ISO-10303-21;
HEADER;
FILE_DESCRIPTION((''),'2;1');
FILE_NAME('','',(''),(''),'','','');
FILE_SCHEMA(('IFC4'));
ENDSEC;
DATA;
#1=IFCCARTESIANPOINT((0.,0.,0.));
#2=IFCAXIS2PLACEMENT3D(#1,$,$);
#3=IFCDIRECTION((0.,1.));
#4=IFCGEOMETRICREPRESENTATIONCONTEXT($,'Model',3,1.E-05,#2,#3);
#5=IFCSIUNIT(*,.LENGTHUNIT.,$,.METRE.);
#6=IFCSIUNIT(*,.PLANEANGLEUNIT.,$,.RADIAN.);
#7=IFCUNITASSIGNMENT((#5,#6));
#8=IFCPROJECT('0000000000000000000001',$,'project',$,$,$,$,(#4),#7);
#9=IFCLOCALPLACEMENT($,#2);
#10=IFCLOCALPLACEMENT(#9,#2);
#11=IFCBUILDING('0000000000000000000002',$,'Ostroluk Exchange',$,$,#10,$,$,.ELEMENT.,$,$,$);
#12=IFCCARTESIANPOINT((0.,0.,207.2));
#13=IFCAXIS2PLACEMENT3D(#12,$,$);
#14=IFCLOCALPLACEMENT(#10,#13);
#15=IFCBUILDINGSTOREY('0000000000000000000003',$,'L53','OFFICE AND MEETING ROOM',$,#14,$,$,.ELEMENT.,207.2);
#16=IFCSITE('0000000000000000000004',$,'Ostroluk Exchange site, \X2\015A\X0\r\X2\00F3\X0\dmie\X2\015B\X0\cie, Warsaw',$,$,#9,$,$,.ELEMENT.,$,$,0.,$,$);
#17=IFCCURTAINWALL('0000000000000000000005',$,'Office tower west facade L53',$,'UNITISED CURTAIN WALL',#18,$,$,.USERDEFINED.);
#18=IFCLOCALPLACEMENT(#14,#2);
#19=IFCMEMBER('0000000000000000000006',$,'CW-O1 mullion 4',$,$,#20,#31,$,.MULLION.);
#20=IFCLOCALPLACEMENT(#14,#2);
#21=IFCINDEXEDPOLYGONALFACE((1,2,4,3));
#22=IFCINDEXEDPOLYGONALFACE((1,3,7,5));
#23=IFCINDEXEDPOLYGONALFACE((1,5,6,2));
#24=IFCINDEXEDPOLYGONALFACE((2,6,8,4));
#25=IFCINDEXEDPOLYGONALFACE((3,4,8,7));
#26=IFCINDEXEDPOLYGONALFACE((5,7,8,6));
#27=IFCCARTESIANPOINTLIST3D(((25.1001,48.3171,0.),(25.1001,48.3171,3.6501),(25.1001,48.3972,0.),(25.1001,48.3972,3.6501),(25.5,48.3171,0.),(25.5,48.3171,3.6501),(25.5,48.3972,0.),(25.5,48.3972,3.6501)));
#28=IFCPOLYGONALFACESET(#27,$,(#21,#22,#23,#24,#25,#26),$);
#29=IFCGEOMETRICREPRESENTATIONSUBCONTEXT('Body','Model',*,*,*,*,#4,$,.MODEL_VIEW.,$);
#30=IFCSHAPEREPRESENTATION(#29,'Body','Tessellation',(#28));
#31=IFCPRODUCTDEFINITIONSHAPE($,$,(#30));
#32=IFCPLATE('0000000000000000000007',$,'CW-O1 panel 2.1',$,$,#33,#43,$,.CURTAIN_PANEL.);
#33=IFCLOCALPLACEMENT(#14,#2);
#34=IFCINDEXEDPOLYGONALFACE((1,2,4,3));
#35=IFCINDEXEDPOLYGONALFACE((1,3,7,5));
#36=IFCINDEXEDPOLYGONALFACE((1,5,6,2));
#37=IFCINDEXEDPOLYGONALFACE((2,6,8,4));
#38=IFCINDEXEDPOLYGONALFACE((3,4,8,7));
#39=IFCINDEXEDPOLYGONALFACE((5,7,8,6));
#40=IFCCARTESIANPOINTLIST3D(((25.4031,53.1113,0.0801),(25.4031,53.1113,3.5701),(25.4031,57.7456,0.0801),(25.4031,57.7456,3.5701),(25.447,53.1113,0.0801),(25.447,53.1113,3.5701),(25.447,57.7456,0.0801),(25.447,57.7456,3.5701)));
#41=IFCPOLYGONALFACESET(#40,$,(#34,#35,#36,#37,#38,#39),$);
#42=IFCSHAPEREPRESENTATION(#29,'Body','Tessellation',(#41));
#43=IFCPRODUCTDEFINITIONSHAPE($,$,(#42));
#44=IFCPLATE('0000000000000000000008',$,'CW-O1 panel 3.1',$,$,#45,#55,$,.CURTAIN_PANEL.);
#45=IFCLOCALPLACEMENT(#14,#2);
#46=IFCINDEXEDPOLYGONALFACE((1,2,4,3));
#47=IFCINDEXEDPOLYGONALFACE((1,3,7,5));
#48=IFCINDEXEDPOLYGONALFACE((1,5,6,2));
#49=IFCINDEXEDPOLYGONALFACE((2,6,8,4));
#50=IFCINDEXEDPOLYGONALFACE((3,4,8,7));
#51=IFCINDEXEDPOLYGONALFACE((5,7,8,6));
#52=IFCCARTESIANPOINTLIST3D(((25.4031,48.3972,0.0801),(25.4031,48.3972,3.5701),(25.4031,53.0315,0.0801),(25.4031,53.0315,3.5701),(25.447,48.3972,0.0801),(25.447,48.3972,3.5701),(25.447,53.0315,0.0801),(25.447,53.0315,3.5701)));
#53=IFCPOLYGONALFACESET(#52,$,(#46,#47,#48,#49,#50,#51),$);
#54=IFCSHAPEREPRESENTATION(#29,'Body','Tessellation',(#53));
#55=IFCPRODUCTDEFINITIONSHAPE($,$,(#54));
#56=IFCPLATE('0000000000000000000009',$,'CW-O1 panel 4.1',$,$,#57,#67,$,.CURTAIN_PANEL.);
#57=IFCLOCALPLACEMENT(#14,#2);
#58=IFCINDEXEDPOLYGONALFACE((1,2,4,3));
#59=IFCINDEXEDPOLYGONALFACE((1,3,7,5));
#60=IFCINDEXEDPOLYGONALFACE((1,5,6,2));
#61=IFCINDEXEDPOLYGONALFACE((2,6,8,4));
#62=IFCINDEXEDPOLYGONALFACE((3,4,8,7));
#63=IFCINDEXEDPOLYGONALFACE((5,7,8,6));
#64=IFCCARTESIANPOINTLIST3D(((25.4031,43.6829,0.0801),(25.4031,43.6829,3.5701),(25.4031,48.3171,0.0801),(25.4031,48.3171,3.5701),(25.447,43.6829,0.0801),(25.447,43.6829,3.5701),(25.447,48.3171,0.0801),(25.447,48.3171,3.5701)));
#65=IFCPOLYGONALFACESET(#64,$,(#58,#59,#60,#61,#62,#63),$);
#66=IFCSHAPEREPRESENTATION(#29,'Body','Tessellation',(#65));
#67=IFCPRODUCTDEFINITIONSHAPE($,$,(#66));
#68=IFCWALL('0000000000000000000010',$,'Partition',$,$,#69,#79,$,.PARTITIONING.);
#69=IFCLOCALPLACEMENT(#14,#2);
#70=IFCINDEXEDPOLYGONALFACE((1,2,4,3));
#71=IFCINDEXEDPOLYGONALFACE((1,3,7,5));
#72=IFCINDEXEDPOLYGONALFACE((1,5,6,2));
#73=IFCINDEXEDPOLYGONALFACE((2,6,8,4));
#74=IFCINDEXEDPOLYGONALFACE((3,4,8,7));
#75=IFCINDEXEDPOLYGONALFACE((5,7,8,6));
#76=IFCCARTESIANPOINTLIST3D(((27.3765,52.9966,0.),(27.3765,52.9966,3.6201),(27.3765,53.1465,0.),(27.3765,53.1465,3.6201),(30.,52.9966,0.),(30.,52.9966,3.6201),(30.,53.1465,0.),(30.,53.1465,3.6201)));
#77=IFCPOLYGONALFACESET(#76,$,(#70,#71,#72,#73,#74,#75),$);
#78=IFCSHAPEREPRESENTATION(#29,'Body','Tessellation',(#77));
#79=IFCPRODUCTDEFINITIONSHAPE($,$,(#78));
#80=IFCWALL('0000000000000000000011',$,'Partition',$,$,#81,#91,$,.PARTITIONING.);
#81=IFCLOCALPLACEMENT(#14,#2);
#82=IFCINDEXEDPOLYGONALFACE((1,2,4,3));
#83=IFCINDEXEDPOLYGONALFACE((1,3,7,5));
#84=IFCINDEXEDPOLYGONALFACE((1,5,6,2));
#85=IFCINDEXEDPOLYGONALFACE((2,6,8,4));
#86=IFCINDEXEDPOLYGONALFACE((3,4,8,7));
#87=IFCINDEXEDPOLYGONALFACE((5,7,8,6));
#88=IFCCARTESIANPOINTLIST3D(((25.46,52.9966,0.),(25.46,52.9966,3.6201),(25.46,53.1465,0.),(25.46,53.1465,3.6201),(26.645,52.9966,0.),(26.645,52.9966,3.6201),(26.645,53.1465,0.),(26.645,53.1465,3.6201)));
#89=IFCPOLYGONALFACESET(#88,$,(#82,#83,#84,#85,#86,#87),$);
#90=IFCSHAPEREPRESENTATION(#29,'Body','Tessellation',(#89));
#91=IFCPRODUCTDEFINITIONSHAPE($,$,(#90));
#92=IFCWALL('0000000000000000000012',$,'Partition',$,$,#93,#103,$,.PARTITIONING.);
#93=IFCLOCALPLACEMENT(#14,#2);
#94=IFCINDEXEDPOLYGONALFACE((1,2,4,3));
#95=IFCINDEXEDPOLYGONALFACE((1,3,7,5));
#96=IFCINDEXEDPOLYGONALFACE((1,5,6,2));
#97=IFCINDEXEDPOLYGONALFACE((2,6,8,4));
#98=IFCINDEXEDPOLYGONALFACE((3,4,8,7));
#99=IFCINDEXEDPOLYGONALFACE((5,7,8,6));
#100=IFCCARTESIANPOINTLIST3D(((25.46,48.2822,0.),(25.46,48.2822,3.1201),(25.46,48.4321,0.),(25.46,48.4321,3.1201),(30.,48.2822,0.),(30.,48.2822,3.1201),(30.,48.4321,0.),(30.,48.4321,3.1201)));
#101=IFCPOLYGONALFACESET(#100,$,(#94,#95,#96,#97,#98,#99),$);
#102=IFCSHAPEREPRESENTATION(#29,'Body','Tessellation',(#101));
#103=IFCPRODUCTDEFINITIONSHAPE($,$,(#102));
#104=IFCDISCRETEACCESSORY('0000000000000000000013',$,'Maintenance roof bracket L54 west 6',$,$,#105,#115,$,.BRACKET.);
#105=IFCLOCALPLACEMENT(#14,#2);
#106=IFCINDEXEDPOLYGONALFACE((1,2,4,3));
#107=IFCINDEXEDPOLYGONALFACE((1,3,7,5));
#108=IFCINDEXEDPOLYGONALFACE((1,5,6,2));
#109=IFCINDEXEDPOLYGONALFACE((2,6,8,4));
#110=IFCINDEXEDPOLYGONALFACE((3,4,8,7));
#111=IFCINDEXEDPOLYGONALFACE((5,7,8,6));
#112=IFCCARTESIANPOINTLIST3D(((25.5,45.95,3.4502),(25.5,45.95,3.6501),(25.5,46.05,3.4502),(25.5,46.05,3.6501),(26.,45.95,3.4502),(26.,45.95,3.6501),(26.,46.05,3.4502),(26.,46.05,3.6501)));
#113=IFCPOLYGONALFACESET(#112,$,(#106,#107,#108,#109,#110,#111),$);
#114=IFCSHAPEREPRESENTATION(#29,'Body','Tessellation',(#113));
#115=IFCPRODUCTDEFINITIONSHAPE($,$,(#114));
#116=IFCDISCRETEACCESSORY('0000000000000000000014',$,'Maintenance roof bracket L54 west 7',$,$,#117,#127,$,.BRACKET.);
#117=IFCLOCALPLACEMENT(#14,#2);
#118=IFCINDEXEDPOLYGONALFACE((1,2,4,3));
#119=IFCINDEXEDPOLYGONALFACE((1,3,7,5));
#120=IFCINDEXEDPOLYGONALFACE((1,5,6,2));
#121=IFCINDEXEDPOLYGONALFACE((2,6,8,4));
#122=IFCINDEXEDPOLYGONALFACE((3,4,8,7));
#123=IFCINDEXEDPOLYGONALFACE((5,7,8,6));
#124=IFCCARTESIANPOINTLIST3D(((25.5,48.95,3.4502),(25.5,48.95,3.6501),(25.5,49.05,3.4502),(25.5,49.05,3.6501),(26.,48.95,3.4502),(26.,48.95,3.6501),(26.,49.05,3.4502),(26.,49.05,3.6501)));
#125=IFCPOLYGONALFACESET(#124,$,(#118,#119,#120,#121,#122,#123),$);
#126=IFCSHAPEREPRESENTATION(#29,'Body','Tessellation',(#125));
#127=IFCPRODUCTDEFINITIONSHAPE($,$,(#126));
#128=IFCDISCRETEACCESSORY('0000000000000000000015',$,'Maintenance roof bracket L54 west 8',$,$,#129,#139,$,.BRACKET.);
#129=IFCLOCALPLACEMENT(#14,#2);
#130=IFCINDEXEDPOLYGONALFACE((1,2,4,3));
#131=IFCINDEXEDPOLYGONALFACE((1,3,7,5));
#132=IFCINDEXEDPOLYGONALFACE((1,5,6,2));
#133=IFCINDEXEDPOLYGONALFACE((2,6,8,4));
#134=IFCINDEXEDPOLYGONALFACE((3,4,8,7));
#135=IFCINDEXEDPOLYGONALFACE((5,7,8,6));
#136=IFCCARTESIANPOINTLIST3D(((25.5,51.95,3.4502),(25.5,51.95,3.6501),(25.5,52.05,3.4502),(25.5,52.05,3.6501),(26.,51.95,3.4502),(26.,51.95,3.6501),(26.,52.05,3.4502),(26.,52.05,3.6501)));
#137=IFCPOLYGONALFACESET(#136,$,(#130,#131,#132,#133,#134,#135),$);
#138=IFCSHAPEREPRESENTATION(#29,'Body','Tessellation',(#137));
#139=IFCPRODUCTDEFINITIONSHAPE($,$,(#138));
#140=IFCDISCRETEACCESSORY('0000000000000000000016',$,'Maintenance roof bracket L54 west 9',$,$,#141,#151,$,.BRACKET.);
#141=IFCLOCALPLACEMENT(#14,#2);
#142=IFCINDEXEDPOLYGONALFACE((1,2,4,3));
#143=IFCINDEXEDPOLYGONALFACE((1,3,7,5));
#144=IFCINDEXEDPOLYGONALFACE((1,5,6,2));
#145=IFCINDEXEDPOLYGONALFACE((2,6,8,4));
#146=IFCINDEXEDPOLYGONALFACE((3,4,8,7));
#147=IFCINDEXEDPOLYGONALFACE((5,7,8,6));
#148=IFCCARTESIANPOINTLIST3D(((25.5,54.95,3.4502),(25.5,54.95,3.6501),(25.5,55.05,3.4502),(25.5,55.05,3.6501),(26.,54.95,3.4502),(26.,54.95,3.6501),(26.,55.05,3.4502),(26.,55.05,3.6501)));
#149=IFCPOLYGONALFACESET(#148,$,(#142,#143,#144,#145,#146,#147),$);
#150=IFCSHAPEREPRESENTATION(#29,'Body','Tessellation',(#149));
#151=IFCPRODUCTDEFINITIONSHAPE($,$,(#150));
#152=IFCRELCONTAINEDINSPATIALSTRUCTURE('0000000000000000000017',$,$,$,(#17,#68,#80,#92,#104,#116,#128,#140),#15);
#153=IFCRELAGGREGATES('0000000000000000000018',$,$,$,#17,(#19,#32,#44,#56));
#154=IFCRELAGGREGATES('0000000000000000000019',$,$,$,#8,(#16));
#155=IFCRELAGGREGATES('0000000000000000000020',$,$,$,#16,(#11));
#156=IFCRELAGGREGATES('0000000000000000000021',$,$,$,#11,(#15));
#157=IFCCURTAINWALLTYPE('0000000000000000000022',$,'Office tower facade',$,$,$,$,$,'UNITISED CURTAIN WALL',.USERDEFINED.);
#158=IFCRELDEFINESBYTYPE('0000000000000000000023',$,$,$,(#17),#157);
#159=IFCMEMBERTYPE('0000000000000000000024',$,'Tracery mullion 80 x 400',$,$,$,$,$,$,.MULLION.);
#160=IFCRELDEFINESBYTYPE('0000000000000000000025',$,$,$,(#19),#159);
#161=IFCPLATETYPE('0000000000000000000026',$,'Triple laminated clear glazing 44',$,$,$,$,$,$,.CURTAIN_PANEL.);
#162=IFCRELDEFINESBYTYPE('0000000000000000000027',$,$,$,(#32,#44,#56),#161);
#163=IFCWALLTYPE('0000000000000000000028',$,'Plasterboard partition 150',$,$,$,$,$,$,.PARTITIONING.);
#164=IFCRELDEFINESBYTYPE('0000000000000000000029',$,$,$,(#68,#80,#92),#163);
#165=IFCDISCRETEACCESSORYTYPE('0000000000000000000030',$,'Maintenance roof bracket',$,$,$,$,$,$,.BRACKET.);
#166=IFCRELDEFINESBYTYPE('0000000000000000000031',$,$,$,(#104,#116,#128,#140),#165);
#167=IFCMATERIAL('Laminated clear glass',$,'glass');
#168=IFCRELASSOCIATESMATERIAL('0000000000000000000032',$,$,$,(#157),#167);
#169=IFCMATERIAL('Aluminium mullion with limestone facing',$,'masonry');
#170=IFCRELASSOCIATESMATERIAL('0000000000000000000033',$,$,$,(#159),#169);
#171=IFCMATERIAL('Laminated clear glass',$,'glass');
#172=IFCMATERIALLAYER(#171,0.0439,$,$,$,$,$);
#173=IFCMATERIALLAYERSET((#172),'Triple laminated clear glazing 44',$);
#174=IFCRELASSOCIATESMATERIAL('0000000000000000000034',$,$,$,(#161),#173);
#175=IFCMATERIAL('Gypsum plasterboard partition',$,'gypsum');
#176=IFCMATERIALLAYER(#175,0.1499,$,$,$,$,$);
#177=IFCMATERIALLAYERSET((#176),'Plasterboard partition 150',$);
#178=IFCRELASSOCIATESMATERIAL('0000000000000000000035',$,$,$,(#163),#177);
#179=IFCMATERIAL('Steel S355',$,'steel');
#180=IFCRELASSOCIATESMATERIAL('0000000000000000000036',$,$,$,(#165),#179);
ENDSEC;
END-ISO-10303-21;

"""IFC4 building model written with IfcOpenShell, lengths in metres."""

from ifc_helpers import new_model, si_unit, direction, frame, frame_2d, origin, origin_2d, place, context, subcontext, project, spatial, rectangle, extrude, material, layer, layer_set, material_profile, profile_set, type_object, element, aggregate, save


model = new_model("IFC4")

# Units and contexts
model_context = context("Model", 3, precision=1e-05, world=origin(), true_north=direction((0.0, 1.0)))
body_context = subcontext(model_context, "Body", "Model", "MODEL_VIEW")
ifc_project = project(units=[si_unit("LENGTHUNIT", "METRE"), si_unit("PLANEANGLEUNIT", "RADIAN")], contexts=[model_context])

# Site, building, storey
site_placement = place(None, origin())
site = spatial("IfcSite", under=ifc_project, at=site_placement, Name="Ostroluk Exchange site, Śródmieście, Warsaw", CompositionType="ELEMENT", RefElevation=0.0)
building_placement = place(site_placement, origin())
building = spatial("IfcBuilding", under=site, at=building_placement, Name="Ostroluk Exchange", CompositionType="ELEMENT")
storey_placement = place(building_placement, frame((0.0, 0.0, 207.2)))
storey = spatial("IfcBuildingStorey", under=building, at=storey_placement, Name="L53", Description="OFFICE AND MEETING ROOM", CompositionType="ELEMENT", Elevation=207.2)

# Curtain wall, member, plates
ifc_material_1 = material(Name="Laminated clear glass", Category="glass")
curtain_wall_type = type_object("IfcCurtainWallType", Name="Office tower facade", ElementType="UNITISED CURTAIN WALL", PredefinedType="USERDEFINED", material=ifc_material_1)
curtain_wall_placement = place(storey_placement, origin())
curtain_wall = element("IfcCurtainWall", 1, at=curtain_wall_placement, inside=storey, type_object=curtain_wall_type, Name="Office tower west facade L53", ObjectType="UNITISED CURTAIN WALL", PredefinedType="USERDEFINED")
ifc_material_2 = material(Name="Aluminium mullion with limestone facing", Category="masonry")
ifc_material_profile_1 = material_profile(ifc_material_2, rectangle(XDim=0.3999, YDim=0.0801, at=origin_2d()), Name="Tracery mullion 80 x 400")
ifc_profile_set_1 = profile_set([ifc_material_profile_1], Name="Aluminium mullion with limestone facing")
member_type_1 = type_object("IfcMemberType", Name="Tracery mullion 80 x 400", PredefinedType="MULLION", material=ifc_profile_set_1)
member_1_placement = place(storey_placement, frame((25.3, 48.3572, 0.0), z_axis=(0.0, 0.0, 1.0), x_axis=(1.0, 0.0, 0.0)))
member_1 = element("IfcMember", 2, at=member_1_placement, type_object=member_type_1, Name="CW-O1 mullion 4", PredefinedType="MULLION", context=body_context, shape_type="SweptSolid", body=[
    extrude(rectangle(XDim=0.3999, YDim=0.0801, at=origin_2d()), origin(), (0.0, 0.0, 1.0), 3.6501),
])
ifc_material_3 = material(Name="Laminated clear glass", Category="glass")
ifc_layer_1 = layer(ifc_material_3, 0.0439)
ifc_layer_set_1 = layer_set([ifc_layer_1], Name="Triple laminated clear glazing 44")
plate_type = type_object("IfcPlateType", Name="Triple laminated clear glazing 44", PredefinedType="CURTAIN_PANEL", material=ifc_layer_set_1)
plate_1_placement = place(storey_placement, frame((25.425, 55.4285, 0.0801), z_axis=(0.0, 0.0, 1.0), x_axis=(0.0, -1.0, 0.0)))
plate_1 = element("IfcPlate", 3, at=plate_1_placement, type_object=plate_type, Name="CW-O1 panel 2.1", PredefinedType="CURTAIN_PANEL", context=body_context, shape_type="SweptSolid", body=[
    extrude(rectangle(XDim=4.6343, YDim=0.0439, at=origin_2d()), origin(), (0.0, 0.0, 1.0), 3.49),
])
plate_2_placement = place(storey_placement, frame((25.425, 50.7144, 0.0801), z_axis=(0.0, 0.0, 1.0), x_axis=(0.0, -1.0, 0.0)))
plate_2 = element("IfcPlate", 4, at=plate_2_placement, type_object=plate_type, Name="CW-O1 panel 3.1", PredefinedType="CURTAIN_PANEL", context=body_context, shape_type="SweptSolid", body=[
    extrude(rectangle(XDim=4.6343, YDim=0.0439, at=origin_2d()), origin(), (0.0, 0.0, 1.0), 3.49),
])
plate_3_placement = place(storey_placement, frame((25.425, 46.0, 0.0801), z_axis=(0.0, 0.0, 1.0), x_axis=(0.0, -1.0, 0.0)))
plate_3 = element("IfcPlate", 5, at=plate_3_placement, type_object=plate_type, Name="CW-O1 panel 4.1", PredefinedType="CURTAIN_PANEL", context=body_context, shape_type="SweptSolid", body=[
    extrude(rectangle(XDim=4.6343, YDim=0.0439, at=origin_2d()), origin(), (0.0, 0.0, 1.0), 3.49),
])
aggregate(curtain_wall, [member_1, plate_1, plate_2, plate_3])

# Walls
ifc_material_4 = material(Name="Gypsum plasterboard partition", Category="gypsum")
ifc_layer_2 = layer(ifc_material_4, 0.1499)
ifc_layer_set_2 = layer_set([ifc_layer_2], Name="Plasterboard partition 150")
wall_type = type_object("IfcWallType", Name="Plasterboard partition 150", PredefinedType="PARTITIONING", material=ifc_layer_set_2)
wall_1_placement = place(storey_placement, frame((30.0, 53.0715, 0.0), z_axis=(0.0, 0.0, 1.0), x_axis=(-1.0, 0.0, 0.0)))
element("IfcWall", 6, at=wall_1_placement, inside=storey, type_object=wall_type, Name="Partition", PredefinedType="PARTITIONING", context=body_context, shape_type="SweptSolid", body=[
    extrude(rectangle(XDim=2.6235, YDim=0.1499, at=frame_2d((1.3118, 0.0))), origin(), (0.0, 0.0, 1.0), 3.6201),
])
wall_2_placement = place(storey_placement, frame((26.645, 53.0715, 0.0), z_axis=(0.0, 0.0, 1.0), x_axis=(-1.0, 0.0, 0.0)))
element("IfcWall", 7, at=wall_2_placement, inside=storey, type_object=wall_type, Name="Partition", PredefinedType="PARTITIONING", context=body_context, shape_type="SweptSolid", body=[
    extrude(rectangle(XDim=1.1851, YDim=0.1499, at=frame_2d((0.5925, 0.0))), origin(), (0.0, 0.0, 1.0), 3.6201),
])
wall_3_placement = place(storey_placement, frame((30.0, 48.3572, 0.0), z_axis=(0.0, 0.0, 1.0), x_axis=(-1.0, 0.0, 0.0)))
element("IfcWall", 8, at=wall_3_placement, inside=storey, type_object=wall_type, Name="Partition", PredefinedType="PARTITIONING", context=body_context, shape_type="SweptSolid", body=[
    extrude(rectangle(XDim=4.54, YDim=0.1499, at=frame_2d((2.27, 0.0))), origin(), (0.0, 0.0, 1.0), 3.1201),
])

# Discrete accessories
ifc_material_5 = material(Name="Steel S355", Category="steel")
discrete_accessory_type = type_object("IfcDiscreteAccessoryType", Name="Maintenance roof bracket", PredefinedType="BRACKET", material=ifc_material_5)
for number, where, z_axis, x_axis, name in (
    (9, (25.75, 46.0, 3.4502), (0.0, 0.0, 1.0), (1.0, 0.0, 0.0), "Maintenance roof bracket L54 west 6"),
    (10, (25.75, 49.0, 3.4502), (0.0, 0.0, 1.0), (1.0, 0.0, 0.0), "Maintenance roof bracket L54 west 7"),
    (11, (25.75, 52.0, 3.4502), (0.0, 0.0, 1.0), (1.0, 0.0, 0.0), "Maintenance roof bracket L54 west 8"),
    (12, (25.75, 55.0, 3.4502), (0.0, 0.0, 1.0), (1.0, 0.0, 0.0), "Maintenance roof bracket L54 west 9"),
):
    element("IfcDiscreteAccessory", number, at=place(storey_placement, frame(where, z_axis=z_axis, x_axis=x_axis)), inside=storey, type_object=discrete_accessory_type, Name=name, PredefinedType="BRACKET", context=body_context, shape_type="SweptSolid", body=[
        extrude(rectangle(XDim=0.5, YDim=0.1001, at=origin_2d()), origin(), (0.0, 0.0, 1.0), 0.2),
    ])

save(model, "model.ifc")
